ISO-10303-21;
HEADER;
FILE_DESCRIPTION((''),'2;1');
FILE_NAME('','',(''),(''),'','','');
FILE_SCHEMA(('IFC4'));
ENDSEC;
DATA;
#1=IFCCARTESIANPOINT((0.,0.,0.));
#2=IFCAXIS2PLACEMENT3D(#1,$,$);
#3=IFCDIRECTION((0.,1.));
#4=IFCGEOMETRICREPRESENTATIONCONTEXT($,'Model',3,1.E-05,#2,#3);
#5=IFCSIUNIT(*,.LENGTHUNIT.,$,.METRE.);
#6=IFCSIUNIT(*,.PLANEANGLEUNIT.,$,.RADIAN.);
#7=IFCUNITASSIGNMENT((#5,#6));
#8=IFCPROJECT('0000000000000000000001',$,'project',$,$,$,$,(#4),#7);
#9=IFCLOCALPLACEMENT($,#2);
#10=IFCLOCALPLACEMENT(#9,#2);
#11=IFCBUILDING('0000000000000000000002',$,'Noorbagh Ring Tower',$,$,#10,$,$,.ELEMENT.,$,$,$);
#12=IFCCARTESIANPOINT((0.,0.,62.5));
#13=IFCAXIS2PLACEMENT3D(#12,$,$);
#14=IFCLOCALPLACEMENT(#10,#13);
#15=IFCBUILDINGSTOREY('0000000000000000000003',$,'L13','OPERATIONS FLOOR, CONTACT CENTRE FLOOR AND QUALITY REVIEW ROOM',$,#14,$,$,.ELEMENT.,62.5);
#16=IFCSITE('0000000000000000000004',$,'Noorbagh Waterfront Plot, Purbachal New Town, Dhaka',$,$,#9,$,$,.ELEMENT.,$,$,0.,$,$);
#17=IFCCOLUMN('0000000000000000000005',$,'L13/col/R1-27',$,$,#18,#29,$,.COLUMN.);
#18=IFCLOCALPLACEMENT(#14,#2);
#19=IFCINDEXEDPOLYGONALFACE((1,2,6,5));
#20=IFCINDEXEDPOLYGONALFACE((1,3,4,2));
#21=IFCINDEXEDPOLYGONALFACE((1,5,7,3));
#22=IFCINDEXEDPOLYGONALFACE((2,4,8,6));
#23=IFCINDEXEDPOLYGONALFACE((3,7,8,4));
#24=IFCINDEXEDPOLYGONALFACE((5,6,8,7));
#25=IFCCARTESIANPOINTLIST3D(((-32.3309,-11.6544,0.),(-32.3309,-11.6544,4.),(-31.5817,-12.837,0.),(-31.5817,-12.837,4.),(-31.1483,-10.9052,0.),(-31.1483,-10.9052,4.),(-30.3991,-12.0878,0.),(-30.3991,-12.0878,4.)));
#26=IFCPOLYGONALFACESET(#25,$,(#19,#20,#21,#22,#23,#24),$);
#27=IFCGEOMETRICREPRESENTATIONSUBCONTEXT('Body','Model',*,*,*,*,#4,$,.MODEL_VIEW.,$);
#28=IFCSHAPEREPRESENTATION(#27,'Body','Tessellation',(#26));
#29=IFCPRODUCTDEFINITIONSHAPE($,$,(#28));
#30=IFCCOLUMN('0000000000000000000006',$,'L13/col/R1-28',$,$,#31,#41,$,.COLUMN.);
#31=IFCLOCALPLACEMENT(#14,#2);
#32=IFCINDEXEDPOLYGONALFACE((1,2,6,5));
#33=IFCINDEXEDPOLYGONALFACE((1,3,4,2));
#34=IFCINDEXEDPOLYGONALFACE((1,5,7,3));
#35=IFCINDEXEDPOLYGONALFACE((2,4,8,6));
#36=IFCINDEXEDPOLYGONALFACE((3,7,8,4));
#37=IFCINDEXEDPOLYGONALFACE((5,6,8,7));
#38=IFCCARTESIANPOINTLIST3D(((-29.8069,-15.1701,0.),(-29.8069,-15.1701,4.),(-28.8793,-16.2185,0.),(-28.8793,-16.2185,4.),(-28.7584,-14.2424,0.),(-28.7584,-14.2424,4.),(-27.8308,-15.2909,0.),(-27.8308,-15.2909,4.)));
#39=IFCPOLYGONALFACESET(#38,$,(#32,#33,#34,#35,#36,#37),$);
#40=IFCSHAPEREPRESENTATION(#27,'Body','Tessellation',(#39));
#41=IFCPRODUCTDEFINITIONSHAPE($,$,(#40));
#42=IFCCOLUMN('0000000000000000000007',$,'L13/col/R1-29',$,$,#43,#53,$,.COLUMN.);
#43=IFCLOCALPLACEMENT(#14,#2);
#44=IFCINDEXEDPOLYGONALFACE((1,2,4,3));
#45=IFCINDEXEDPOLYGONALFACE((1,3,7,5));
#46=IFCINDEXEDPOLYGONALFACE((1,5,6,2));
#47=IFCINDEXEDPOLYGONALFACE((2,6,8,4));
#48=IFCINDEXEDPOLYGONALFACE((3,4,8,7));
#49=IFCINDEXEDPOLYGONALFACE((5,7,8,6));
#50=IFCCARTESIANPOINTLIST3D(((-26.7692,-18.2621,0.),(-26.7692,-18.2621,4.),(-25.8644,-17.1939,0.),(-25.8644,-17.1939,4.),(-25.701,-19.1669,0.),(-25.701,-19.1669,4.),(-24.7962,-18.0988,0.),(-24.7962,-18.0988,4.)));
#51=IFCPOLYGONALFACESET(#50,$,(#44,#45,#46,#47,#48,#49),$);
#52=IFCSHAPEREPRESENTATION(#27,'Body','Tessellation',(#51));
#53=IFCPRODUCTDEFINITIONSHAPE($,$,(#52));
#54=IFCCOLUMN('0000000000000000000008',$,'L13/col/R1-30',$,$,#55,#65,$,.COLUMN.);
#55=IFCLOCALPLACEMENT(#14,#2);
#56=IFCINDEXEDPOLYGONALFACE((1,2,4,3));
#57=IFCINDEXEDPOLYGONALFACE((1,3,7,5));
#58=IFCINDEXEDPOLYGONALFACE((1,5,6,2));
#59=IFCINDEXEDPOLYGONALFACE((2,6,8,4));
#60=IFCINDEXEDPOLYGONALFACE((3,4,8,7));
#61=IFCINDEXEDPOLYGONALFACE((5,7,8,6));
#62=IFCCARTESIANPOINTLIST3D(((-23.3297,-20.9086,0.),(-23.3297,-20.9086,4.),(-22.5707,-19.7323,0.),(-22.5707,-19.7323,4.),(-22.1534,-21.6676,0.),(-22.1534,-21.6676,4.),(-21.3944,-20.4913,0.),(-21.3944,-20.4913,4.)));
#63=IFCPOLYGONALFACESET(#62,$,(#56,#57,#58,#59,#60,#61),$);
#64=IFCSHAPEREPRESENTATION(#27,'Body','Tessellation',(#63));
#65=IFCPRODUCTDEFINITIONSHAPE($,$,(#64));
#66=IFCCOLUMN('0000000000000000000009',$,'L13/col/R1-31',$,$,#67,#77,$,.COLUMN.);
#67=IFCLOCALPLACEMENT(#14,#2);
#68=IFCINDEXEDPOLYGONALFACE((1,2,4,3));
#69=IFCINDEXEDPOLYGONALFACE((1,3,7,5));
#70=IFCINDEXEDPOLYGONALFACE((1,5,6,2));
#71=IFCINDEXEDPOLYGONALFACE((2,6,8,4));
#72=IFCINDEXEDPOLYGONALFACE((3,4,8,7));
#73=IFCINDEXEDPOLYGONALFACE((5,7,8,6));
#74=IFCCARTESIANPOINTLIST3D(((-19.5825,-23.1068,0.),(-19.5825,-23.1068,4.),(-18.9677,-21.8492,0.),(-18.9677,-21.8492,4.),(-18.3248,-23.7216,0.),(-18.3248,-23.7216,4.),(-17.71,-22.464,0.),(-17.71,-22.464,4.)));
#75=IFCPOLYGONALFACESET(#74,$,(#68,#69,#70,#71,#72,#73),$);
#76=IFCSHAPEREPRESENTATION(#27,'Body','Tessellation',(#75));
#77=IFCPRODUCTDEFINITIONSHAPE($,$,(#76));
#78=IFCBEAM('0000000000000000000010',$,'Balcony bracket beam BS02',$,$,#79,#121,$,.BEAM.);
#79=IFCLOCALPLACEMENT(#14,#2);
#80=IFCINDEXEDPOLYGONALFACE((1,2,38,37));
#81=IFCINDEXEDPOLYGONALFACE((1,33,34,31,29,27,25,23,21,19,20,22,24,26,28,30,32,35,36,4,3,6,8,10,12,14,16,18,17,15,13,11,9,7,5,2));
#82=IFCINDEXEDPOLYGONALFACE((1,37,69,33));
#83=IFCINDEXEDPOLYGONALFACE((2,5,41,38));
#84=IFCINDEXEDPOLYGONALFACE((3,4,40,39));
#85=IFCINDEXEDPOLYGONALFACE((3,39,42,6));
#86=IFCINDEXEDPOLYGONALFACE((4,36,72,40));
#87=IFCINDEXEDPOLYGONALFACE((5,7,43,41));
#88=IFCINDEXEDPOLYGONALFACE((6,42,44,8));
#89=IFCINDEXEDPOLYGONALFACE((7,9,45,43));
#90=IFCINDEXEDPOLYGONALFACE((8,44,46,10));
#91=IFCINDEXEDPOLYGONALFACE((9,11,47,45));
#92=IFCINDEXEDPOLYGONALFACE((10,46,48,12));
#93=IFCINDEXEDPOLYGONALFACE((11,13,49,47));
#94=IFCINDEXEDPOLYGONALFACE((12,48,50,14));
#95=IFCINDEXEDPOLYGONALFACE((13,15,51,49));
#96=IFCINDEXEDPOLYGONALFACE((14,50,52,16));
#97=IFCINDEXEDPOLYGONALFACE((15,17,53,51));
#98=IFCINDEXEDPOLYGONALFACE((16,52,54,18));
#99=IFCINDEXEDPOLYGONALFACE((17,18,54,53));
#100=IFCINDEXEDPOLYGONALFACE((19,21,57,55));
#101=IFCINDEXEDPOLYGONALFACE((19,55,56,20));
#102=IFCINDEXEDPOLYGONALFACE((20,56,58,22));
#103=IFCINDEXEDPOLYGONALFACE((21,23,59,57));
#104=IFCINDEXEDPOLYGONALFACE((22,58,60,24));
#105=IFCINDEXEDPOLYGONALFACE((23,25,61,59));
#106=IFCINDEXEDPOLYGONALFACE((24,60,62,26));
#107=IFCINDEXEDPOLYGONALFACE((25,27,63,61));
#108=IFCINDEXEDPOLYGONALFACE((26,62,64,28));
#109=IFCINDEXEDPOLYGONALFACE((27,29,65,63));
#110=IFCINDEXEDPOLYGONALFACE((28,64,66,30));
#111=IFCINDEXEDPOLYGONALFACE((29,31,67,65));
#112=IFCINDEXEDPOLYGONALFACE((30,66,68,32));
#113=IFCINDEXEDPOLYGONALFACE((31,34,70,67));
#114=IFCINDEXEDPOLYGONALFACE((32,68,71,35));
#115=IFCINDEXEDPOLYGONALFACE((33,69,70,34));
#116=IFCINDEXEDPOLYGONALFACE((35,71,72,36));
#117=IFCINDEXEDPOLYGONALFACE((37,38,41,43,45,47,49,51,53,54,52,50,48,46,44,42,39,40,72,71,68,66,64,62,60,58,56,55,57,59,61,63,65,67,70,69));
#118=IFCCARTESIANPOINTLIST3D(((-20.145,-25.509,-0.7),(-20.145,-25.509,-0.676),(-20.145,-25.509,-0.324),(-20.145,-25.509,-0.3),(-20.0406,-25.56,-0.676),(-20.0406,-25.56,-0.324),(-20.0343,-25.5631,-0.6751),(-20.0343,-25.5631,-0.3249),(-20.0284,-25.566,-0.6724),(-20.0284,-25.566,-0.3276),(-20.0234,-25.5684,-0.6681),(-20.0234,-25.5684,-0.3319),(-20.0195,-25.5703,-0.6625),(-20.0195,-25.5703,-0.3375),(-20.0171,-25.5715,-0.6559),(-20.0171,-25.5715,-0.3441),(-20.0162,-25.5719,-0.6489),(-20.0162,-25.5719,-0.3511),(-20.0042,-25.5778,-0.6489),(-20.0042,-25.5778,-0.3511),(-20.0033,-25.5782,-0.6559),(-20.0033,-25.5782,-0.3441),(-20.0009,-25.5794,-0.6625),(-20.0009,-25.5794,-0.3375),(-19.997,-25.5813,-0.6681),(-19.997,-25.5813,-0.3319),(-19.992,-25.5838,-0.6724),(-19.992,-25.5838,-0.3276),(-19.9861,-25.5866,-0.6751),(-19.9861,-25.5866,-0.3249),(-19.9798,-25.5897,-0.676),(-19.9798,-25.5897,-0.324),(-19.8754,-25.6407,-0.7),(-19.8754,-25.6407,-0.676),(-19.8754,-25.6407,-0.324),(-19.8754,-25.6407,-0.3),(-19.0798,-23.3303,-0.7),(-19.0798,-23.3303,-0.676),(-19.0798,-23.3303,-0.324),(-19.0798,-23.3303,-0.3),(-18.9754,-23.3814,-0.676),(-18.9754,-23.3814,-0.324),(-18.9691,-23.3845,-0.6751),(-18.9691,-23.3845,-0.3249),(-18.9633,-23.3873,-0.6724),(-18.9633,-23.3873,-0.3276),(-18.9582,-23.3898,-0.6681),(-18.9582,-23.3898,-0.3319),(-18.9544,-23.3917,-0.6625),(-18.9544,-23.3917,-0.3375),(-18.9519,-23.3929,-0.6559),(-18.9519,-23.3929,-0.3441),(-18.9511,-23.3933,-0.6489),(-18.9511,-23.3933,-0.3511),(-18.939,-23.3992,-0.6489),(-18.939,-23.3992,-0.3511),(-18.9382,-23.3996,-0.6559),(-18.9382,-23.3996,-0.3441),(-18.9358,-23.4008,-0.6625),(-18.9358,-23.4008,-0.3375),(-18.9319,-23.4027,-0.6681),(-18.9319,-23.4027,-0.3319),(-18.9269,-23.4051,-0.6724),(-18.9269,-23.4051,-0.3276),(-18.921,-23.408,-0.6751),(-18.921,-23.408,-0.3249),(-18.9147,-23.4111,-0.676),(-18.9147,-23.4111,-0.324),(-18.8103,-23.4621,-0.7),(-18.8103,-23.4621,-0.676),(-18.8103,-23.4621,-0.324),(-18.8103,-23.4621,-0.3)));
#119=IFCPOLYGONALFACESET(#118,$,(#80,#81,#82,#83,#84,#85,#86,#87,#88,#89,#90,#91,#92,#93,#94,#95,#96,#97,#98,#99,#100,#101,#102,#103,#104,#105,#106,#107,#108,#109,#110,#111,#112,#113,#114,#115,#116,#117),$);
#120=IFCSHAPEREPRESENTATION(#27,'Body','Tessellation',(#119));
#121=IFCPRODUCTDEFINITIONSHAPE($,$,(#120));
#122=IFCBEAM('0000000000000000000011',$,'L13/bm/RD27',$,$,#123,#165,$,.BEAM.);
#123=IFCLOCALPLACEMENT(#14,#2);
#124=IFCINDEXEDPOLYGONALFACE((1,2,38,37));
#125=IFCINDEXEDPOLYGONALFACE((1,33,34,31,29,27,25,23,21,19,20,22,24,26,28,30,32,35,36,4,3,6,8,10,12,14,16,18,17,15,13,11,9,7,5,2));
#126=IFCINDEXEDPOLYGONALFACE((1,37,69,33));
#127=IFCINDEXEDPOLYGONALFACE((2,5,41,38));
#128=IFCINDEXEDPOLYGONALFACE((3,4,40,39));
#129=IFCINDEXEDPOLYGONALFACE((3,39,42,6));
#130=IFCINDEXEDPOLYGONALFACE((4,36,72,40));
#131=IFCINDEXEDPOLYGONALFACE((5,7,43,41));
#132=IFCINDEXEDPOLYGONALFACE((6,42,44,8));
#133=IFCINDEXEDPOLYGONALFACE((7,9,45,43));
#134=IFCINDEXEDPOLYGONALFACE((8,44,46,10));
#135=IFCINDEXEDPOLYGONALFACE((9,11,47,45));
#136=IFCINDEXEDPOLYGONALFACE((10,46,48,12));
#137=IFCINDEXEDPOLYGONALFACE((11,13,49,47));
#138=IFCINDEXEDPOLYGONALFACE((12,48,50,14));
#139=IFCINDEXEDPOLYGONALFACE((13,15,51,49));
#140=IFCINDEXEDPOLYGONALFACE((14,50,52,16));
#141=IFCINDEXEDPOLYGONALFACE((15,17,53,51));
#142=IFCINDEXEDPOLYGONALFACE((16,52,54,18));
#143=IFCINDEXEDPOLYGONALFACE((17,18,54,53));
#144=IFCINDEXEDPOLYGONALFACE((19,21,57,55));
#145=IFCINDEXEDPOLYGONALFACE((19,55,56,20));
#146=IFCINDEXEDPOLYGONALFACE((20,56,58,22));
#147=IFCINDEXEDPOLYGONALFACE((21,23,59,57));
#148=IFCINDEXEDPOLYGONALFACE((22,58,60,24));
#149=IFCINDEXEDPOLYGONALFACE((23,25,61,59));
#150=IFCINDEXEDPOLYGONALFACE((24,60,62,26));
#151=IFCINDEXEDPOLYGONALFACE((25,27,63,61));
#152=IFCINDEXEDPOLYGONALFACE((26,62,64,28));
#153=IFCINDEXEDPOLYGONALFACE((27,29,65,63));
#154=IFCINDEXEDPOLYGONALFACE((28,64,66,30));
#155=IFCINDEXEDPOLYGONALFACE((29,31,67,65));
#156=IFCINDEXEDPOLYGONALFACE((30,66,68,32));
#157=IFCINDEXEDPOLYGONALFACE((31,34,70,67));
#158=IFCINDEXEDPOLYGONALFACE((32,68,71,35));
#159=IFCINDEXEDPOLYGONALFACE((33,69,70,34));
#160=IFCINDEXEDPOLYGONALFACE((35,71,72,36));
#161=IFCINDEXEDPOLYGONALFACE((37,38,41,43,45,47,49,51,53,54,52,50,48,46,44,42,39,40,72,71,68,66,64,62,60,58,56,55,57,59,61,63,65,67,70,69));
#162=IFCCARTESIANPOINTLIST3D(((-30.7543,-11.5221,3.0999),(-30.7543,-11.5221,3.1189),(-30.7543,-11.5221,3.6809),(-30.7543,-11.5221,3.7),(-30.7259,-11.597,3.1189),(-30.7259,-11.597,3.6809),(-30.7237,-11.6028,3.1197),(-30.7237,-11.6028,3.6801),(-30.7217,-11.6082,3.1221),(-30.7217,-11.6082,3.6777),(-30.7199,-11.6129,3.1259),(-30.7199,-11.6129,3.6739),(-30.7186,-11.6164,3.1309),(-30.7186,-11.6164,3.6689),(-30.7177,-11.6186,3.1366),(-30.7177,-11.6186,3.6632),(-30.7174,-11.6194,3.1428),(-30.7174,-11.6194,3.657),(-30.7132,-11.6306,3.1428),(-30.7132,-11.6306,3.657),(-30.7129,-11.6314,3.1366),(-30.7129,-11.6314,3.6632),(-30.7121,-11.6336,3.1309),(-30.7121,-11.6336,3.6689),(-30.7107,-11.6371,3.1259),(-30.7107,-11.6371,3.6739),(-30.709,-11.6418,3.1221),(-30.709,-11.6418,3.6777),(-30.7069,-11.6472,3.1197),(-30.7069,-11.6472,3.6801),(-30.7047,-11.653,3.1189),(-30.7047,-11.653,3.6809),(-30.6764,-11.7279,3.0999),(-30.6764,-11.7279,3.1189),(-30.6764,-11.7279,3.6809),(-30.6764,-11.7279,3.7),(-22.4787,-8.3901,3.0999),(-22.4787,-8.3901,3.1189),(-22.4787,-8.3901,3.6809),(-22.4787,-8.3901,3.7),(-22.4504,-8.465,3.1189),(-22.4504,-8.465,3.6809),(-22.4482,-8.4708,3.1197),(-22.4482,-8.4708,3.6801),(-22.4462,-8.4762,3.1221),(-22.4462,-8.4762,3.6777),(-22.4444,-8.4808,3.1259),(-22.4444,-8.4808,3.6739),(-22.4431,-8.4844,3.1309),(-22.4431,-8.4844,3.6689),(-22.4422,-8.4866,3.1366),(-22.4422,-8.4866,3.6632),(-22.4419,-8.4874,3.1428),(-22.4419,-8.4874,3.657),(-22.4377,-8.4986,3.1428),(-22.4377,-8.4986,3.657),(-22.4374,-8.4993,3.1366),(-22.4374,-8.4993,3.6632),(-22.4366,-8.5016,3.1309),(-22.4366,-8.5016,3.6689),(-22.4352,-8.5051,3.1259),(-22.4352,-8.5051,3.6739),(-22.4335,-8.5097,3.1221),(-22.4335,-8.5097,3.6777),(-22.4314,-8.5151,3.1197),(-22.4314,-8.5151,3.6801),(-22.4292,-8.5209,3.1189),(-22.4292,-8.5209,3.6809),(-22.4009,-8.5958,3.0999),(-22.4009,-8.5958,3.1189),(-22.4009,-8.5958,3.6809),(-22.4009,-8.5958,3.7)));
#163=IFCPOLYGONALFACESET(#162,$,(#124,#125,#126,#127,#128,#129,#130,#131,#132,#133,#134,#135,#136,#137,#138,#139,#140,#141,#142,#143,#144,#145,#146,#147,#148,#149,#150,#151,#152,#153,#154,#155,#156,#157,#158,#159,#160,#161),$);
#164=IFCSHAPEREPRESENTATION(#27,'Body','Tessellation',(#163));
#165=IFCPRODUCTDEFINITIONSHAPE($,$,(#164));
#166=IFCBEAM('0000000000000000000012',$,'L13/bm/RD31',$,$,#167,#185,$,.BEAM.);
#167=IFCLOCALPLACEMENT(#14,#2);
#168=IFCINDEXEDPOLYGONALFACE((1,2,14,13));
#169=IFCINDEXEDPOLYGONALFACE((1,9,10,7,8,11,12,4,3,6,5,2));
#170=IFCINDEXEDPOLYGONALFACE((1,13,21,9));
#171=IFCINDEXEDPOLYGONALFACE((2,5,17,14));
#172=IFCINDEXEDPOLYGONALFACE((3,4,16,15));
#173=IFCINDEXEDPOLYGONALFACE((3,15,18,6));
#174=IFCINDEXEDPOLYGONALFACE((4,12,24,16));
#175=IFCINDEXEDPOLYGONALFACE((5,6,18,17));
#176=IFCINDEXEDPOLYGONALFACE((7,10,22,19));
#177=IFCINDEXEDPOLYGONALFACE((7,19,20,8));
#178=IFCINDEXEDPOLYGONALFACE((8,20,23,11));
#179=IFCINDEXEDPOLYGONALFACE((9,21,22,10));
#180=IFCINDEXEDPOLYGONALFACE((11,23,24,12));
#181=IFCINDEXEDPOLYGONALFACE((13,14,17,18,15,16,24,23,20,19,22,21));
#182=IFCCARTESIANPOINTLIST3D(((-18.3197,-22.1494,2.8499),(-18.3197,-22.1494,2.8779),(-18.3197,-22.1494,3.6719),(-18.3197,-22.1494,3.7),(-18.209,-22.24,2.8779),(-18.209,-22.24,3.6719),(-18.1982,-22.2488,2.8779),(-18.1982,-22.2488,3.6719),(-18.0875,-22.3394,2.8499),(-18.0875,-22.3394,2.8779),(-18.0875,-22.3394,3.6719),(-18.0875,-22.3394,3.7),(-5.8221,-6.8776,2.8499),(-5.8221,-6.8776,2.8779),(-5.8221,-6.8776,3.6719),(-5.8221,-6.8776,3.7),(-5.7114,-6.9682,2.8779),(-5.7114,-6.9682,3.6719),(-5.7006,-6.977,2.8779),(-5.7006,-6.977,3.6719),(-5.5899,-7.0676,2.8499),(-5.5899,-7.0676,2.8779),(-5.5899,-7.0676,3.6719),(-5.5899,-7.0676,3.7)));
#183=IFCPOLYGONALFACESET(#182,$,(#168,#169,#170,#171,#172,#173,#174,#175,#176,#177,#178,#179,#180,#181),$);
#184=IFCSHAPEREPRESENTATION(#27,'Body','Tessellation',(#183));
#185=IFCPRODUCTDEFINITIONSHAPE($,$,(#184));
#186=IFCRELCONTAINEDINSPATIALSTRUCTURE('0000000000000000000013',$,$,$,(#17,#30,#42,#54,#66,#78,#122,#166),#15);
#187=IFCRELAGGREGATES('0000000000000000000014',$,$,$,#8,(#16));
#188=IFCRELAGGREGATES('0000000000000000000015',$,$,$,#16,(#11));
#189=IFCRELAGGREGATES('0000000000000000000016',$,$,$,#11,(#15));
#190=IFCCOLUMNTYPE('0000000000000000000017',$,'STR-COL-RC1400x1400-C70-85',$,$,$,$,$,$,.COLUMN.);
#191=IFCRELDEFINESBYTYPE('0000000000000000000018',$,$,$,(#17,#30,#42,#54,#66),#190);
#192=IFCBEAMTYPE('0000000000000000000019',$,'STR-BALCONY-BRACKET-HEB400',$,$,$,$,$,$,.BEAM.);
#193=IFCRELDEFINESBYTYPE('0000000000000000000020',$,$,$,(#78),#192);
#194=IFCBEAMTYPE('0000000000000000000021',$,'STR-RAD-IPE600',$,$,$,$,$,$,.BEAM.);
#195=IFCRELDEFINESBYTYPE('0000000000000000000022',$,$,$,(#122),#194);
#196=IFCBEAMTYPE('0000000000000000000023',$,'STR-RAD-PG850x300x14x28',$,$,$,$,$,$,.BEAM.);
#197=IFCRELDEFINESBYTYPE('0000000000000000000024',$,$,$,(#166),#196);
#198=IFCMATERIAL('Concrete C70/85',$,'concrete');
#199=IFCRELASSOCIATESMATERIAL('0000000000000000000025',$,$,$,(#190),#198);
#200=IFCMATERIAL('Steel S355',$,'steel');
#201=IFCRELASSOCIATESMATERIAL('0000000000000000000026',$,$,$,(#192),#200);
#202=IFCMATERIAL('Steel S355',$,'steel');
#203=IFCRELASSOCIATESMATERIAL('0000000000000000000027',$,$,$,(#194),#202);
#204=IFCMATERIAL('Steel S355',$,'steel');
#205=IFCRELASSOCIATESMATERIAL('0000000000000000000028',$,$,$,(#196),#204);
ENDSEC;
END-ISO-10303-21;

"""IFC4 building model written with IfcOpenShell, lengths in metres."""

from ifc_helpers import new_model, si_unit, direction, frame, origin, origin_2d, place, context, subcontext, project, spatial, rectangle, i_section, extrude, material, material_profile, profile_set, type_object, element, save


model = new_model("IFC4")

# Units and contexts
model_context = context("Model", 3, precision=1e-05, world=origin(), true_north=direction((0.0, 1.0)))
body_context = subcontext(model_context, "Body", "Model", "MODEL_VIEW")
ifc_project = project(units=[si_unit("LENGTHUNIT", "METRE"), si_unit("PLANEANGLEUNIT", "RADIAN")], contexts=[model_context])

# Site, building, storey
site_placement = place(None, origin())
site = spatial("IfcSite", under=ifc_project, at=site_placement, Name="Noorbagh Waterfront Plot, Purbachal New Town, Dhaka", CompositionType="ELEMENT", RefElevation=0.0)
building_placement = place(site_placement, origin())
building = spatial("IfcBuilding", under=site, at=building_placement, Name="Noorbagh Ring Tower", CompositionType="ELEMENT")
storey_placement = place(building_placement, frame((0.0, 0.0, 62.5)))
storey = spatial("IfcBuildingStorey", under=building, at=storey_placement, Name="L13", Description="OPERATIONS FLOOR, CONTACT CENTRE FLOOR AND QUALITY REVIEW ROOM", CompositionType="ELEMENT", Elevation=62.5)

# Columns
ifc_material_1 = material(Name="Concrete C70/85", Category="concrete")
ifc_material_profile_1 = material_profile(ifc_material_1, rectangle(XDim=1.3999, YDim=1.3999, at=origin_2d()), Name="RC1400x1400")
ifc_profile_set_1 = profile_set([ifc_material_profile_1], Name="Concrete C70/85")
column_type = type_object("IfcColumnType", Name="STR-COL-RC1400x1400-C70-85", PredefinedType="COLUMN", material=ifc_profile_set_1)
for number, where, z_axis, x_axis, name in (
    (1, (-31.365, -11.8711, 0.0), (0.0, 0.0, 1.0), (0.53519, -0.844731, 0.0), "L13/col/R1-27"),
    (2, (-28.8188, -15.2305, 0.0), (0.0, 0.0, 1.0), (0.662636, -0.748942, 0.0), "L13/col/R1-28"),
    (3, (-25.7827, -18.1804, 0.0), (0.0, 0.0, 1.0), (0.763035, -0.646357, 0.0), "L13/col/R1-29"),
    (4, (-22.3621, -20.7, 0.0), (0.0, 0.0, 1.0), (0.840248, -0.542203, 0.0), "L13/col/R1-30"),
    (5, (-18.6462, -22.7854, 0.0), (0.0, 0.0, 1.0), (0.898399, -0.43918, 0.0), "L13/col/R1-31"),
):
    element("IfcColumn", number, at=place(storey_placement, frame(where, z_axis=z_axis, x_axis=x_axis)), inside=storey, type_object=column_type, Name=name, PredefinedType="COLUMN", context=body_context, shape_type="SweptSolid", body=[
        extrude(rectangle(XDim=1.3999, YDim=1.3999, at=origin_2d()), origin(), (0.0, 0.0, 1.0), 4.0),
    ])

# Beams
ifc_material_2 = material(Name="Steel S355", Category="steel")
ifc_material_profile_2 = material_profile(ifc_material_2, i_section(OverallWidth=0.3, OverallDepth=0.3999, WebThickness=0.0134, FlangeThickness=0.0239, FilletRadius=0.0271, at=origin_2d()), Name="HEB400")
ifc_profile_set_2 = profile_set([ifc_material_profile_2], Name="Steel S355")
beam_type_1 = type_object("IfcBeamType", Name="STR-BALCONY-BRACKET-HEB400", PredefinedType="BEAM", material=ifc_profile_set_2)
beam_1_placement = place(storey_placement, frame((-18.9451, -23.3962, -0.5), z_axis=(-0.439223, -0.898378, 0.0), x_axis=(0.898378, -0.439223, 0.0)))
element("IfcBeam", 6, at=beam_1_placement, inside=storey, type_object=beam_type_1, Name="Balcony bracket beam BS02", PredefinedType="BEAM", context=body_context, shape_type="SweptSolid", body=[
    extrude(i_section(OverallWidth=0.3, OverallDepth=0.3999, WebThickness=0.0134, FlangeThickness=0.0239, FilletRadius=0.0271, at=origin_2d()), origin(), (0.0, 0.0, 1.0), 2.425),
])
ifc_material_3 = material(Name="Steel S355", Category="steel")
ifc_material_profile_3 = material_profile(ifc_material_3, i_section(OverallWidth=0.22, OverallDepth=0.6001, WebThickness=0.012, FlangeThickness=0.019, FilletRadius=0.0239, at=origin_2d()), Name="IPE600")
ifc_profile_set_3 = profile_set([ifc_material_profile_3], Name="Steel S355")
beam_type_2 = type_object("IfcBeamType", Name="STR-RAD-IPE600", PredefinedType="BEAM", material=ifc_profile_set_3)
beam_2_placement = place(storey_placement, frame((-30.7153, -11.625, 3.3999), z_axis=(0.935258, 0.353967, 0.0), x_axis=(-0.353967, 0.935258, 0.0)))
element("IfcBeam", 7, at=beam_2_placement, inside=storey, type_object=beam_type_2, Name="L13/bm/RD27", PredefinedType="BEAM", context=body_context, shape_type="SweptSolid", body=[
    extrude(i_section(OverallWidth=0.22, OverallDepth=0.6001, WebThickness=0.012, FlangeThickness=0.019, FilletRadius=0.0239, at=origin_2d()), origin(), (0.0, 0.0, 1.0), 8.8484),
])
ifc_material_4 = material(Name="Steel S355", Category="steel")
ifc_material_profile_4 = material_profile(ifc_material_4, i_section(OverallWidth=0.3, OverallDepth=0.8501, WebThickness=0.0139, FlangeThickness=0.0281, at=origin_2d()), Name="PG850x300x14x28")
ifc_profile_set_4 = profile_set([ifc_material_profile_4], Name="Steel S355")
beam_type_3 = type_object("IfcBeamType", Name="STR-RAD-PG850x300x14x28", PredefinedType="BEAM", material=ifc_profile_set_4)
beam_3_placement = place(storey_placement, frame((-18.2036, -22.2444, 3.2749), z_axis=(0.633314, 0.773895, 0.0), x_axis=(-0.773895, 0.633314, 0.0)))
element("IfcBeam", 8, at=beam_3_placement, inside=storey, type_object=beam_type_3, Name="L13/bm/RD31", PredefinedType="BEAM", context=body_context, shape_type="SweptSolid", body=[
    extrude(i_section(OverallWidth=0.3, OverallDepth=0.8501, WebThickness=0.0139, FlangeThickness=0.0281, at=origin_2d()), origin(), (0.0, 0.0, 1.0), 19.7336),
])

save(model, "model.ifc")
